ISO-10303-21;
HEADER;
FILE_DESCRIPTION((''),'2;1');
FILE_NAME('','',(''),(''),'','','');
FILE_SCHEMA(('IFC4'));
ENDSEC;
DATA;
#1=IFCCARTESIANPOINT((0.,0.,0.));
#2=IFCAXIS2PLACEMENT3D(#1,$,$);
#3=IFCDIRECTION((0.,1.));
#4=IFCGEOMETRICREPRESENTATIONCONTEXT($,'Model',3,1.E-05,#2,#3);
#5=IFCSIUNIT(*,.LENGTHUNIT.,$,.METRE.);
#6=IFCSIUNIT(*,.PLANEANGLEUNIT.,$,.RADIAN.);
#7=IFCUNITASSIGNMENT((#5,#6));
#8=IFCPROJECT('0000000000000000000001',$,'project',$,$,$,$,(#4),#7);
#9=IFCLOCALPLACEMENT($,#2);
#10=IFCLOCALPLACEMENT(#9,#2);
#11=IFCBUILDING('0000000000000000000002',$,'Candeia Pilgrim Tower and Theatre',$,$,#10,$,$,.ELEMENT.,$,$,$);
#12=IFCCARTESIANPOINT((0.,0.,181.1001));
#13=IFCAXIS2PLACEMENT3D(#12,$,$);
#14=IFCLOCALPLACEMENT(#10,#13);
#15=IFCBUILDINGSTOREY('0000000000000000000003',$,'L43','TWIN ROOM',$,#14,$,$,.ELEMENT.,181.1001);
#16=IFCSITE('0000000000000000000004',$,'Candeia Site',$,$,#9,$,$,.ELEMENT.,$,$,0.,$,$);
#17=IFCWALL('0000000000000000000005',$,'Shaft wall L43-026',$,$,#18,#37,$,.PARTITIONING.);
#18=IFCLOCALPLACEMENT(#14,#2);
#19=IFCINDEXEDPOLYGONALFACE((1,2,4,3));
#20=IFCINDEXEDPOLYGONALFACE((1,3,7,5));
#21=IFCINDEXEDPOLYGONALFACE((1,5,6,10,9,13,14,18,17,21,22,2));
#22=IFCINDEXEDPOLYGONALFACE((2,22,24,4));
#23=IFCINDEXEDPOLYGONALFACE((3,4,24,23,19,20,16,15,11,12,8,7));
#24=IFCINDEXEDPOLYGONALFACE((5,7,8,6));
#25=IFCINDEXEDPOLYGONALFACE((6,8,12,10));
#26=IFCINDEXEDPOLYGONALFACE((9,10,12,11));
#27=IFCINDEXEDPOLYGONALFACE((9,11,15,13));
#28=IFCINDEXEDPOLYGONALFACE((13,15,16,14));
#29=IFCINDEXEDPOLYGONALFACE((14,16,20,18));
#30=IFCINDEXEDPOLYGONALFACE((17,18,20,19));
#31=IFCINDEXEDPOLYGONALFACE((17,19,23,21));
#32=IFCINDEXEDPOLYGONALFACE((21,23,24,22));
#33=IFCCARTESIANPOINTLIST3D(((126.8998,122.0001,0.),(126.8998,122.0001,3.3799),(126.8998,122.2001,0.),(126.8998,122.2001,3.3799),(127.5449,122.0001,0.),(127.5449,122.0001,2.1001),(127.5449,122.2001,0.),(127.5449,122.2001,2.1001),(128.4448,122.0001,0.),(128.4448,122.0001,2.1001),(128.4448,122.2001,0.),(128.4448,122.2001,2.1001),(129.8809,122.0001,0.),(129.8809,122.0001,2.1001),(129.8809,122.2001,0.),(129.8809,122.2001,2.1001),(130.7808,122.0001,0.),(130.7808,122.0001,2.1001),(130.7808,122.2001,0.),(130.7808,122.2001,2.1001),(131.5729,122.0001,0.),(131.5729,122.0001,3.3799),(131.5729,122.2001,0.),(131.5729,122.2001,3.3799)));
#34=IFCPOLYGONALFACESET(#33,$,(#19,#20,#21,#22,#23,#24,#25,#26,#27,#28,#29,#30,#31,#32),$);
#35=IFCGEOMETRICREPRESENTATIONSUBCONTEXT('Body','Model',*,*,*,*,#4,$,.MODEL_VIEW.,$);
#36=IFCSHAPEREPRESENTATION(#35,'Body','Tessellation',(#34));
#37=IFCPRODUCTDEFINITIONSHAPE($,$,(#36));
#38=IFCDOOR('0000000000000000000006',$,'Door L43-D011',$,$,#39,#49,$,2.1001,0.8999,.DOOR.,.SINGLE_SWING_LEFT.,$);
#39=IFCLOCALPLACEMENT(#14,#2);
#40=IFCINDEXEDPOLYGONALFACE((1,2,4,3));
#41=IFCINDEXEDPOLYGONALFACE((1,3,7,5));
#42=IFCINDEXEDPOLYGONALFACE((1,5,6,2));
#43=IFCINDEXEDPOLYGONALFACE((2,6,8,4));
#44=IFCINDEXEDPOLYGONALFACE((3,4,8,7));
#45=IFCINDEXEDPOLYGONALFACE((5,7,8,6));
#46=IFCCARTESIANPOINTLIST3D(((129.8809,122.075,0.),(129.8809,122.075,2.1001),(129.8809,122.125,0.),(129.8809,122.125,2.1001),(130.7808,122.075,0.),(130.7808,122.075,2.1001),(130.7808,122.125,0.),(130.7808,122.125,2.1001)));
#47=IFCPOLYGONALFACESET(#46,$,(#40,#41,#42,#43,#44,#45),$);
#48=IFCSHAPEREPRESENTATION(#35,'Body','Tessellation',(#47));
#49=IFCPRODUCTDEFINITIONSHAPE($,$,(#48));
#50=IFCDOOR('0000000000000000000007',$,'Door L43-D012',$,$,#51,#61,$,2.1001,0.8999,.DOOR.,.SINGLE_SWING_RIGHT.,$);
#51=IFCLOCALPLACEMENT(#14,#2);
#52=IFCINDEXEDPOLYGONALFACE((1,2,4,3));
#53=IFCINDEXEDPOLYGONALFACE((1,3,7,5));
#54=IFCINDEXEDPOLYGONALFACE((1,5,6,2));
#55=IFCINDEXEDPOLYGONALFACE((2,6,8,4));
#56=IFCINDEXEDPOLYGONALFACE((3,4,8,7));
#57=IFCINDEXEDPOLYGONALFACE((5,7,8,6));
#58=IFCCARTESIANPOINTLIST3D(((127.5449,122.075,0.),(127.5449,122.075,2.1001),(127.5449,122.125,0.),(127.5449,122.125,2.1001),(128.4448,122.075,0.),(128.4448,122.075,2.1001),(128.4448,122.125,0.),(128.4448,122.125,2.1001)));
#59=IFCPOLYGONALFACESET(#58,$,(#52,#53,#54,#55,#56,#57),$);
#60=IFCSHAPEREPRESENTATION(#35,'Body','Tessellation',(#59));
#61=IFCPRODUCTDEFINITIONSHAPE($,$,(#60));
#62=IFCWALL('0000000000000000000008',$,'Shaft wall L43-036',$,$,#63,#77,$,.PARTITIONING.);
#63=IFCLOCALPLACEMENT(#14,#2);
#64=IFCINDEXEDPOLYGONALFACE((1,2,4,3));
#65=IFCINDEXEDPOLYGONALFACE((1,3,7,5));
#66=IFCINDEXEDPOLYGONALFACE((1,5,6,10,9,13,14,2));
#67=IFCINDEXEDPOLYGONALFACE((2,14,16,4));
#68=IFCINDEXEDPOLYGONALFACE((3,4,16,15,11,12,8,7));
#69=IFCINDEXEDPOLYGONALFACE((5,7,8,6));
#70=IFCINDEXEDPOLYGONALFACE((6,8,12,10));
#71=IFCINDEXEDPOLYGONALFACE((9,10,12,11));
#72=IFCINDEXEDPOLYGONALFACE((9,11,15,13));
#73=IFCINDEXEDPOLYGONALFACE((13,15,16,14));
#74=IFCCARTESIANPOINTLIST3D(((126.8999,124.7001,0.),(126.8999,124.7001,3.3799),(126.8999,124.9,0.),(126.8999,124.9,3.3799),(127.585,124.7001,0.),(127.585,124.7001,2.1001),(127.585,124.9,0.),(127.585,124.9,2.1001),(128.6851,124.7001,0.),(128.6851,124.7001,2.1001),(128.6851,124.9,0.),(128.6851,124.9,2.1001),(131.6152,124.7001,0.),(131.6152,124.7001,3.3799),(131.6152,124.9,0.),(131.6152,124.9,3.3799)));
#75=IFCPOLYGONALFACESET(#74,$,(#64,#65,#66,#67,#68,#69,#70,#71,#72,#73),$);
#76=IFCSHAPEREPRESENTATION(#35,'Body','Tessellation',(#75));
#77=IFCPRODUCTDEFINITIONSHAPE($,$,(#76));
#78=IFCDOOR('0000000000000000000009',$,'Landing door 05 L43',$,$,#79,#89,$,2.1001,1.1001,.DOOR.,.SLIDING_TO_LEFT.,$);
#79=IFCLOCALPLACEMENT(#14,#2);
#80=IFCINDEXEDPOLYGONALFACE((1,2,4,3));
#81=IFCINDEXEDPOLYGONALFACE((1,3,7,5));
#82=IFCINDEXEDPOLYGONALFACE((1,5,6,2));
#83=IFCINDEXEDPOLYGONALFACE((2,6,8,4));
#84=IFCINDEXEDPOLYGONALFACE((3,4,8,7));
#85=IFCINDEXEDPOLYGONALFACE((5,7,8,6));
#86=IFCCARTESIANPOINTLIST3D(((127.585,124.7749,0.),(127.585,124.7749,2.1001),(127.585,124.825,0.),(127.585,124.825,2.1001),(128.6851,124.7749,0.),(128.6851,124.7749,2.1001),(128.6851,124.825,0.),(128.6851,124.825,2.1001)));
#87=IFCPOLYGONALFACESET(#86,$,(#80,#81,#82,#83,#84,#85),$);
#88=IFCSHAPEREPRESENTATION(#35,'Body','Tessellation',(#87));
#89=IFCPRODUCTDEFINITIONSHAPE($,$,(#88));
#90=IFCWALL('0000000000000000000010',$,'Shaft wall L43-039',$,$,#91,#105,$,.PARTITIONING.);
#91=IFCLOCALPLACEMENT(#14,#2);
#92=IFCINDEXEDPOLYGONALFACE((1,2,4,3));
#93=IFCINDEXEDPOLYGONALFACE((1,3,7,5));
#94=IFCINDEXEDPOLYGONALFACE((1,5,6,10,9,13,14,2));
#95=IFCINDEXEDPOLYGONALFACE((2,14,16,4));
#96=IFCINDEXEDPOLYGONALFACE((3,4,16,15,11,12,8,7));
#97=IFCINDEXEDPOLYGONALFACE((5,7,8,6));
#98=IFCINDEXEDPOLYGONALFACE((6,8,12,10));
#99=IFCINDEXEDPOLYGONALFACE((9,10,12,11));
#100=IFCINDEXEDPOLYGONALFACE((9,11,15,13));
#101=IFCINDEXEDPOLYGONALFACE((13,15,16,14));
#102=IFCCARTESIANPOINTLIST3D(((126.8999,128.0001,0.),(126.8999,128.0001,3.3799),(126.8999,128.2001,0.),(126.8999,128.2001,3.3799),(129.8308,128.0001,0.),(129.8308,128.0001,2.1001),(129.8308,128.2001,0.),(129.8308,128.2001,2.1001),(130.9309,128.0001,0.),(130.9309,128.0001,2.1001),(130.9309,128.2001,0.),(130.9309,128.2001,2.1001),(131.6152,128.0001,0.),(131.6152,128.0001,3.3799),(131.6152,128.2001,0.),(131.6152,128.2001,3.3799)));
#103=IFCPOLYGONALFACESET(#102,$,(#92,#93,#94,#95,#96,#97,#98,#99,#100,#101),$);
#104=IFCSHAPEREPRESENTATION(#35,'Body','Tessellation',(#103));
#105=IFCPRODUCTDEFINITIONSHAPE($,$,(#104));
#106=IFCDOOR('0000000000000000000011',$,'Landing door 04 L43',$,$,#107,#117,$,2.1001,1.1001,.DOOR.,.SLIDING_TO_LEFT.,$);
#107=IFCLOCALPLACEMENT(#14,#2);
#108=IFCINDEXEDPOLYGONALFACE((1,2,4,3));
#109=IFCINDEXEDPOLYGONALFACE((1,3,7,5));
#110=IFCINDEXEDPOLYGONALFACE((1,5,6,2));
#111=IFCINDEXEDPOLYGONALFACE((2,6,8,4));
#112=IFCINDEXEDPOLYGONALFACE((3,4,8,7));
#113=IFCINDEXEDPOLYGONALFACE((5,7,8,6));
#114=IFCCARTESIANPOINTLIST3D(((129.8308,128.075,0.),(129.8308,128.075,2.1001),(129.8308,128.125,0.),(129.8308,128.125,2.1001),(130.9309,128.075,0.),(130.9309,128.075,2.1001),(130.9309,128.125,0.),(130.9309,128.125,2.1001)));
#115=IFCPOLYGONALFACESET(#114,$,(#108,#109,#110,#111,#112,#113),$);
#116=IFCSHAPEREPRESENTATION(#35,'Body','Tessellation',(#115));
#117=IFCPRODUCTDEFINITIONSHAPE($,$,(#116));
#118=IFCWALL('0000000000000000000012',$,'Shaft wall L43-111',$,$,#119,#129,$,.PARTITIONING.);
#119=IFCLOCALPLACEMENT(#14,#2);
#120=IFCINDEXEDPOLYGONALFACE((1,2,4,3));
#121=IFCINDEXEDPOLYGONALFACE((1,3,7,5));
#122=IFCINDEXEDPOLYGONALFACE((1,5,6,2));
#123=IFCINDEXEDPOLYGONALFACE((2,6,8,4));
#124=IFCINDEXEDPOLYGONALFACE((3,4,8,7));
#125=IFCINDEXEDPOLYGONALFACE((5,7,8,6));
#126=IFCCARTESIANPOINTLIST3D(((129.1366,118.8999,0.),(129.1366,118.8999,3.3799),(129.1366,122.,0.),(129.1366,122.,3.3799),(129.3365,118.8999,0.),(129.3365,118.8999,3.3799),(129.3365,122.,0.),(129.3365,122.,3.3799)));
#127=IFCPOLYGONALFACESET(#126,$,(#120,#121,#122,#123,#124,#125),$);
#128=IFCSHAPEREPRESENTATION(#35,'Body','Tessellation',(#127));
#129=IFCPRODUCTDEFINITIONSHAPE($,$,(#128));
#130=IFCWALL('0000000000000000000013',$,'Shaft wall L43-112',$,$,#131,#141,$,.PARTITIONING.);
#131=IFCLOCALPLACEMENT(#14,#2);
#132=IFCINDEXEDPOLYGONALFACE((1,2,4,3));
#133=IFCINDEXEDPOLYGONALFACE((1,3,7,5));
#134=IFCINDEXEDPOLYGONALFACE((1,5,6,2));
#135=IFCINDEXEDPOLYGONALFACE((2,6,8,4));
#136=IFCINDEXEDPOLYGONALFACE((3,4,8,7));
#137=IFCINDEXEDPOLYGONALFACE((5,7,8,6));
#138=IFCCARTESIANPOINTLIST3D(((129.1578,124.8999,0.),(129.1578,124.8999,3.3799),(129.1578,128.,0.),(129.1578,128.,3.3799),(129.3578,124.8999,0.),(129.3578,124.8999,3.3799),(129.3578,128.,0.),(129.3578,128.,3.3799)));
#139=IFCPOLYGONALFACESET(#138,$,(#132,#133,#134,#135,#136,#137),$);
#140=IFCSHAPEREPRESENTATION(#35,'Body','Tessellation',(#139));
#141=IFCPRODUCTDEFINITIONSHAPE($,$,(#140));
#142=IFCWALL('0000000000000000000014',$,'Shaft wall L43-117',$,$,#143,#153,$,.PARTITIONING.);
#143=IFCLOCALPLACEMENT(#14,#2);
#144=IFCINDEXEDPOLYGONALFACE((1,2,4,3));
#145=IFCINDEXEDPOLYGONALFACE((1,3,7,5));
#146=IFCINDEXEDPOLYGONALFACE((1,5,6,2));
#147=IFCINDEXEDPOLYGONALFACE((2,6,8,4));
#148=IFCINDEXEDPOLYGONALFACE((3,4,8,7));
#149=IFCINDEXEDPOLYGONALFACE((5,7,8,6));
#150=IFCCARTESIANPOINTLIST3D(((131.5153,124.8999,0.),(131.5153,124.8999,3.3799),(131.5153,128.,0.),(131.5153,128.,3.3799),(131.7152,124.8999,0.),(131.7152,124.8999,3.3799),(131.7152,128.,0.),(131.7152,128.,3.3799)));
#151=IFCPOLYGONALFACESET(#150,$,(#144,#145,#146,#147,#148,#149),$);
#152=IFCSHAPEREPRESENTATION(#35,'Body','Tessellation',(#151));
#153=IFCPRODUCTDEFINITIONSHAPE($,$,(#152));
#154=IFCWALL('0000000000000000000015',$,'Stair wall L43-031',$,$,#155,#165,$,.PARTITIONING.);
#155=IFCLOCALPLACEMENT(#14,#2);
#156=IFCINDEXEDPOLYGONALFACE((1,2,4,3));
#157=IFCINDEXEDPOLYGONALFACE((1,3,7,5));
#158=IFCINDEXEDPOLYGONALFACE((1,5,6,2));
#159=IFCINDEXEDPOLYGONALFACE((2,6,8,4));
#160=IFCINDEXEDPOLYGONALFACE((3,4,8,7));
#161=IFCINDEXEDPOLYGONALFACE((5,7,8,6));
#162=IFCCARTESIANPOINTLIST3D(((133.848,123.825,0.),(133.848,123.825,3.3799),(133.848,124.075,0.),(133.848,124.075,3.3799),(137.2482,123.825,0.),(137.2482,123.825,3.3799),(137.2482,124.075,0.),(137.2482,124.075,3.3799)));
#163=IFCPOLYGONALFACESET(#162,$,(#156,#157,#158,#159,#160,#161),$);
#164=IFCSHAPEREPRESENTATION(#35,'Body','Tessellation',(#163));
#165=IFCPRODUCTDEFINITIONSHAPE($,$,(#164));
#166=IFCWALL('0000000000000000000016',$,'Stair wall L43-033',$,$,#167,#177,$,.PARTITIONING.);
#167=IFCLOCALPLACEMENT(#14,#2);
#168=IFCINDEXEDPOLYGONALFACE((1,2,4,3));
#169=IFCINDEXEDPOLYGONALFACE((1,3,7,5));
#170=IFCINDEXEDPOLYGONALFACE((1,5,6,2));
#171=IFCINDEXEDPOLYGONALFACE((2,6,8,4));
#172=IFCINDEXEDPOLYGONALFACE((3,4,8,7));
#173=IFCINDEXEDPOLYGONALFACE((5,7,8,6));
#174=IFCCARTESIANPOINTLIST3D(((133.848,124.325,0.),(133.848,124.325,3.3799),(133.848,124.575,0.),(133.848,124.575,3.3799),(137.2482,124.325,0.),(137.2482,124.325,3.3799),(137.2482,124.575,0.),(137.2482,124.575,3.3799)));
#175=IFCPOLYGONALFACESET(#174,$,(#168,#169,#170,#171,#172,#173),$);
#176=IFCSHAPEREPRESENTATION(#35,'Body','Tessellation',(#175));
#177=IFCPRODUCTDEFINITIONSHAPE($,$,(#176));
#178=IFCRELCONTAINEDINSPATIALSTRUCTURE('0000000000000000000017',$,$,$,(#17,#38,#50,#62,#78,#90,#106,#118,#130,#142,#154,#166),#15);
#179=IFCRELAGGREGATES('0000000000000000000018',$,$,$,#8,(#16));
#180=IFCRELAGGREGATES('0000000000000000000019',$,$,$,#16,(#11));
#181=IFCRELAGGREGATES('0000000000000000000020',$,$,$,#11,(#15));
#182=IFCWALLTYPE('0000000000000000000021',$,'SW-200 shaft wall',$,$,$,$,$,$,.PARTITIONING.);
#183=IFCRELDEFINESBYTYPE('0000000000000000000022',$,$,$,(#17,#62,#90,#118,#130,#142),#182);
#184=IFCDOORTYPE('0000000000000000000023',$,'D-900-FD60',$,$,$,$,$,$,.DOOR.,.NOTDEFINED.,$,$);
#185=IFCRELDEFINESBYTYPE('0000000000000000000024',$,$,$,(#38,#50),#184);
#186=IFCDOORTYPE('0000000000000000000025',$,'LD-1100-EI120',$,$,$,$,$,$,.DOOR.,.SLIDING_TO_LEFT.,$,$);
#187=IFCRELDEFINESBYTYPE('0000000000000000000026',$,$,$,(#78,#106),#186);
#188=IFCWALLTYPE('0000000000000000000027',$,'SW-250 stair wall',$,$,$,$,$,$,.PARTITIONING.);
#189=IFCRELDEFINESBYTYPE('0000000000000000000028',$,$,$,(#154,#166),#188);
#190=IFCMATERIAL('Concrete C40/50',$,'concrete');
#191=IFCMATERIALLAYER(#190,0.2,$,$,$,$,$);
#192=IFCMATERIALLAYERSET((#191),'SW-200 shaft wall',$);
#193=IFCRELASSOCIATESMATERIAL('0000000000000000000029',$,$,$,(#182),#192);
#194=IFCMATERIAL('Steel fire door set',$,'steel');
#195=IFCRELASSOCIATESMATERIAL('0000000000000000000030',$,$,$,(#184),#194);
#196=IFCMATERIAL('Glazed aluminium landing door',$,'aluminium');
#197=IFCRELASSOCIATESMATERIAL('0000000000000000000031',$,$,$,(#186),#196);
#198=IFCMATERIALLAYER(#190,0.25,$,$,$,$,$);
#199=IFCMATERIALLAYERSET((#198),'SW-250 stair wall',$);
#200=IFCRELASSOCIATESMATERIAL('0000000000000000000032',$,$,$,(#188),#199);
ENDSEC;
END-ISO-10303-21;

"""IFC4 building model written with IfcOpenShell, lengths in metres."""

from ifc_helpers import new_model, si_unit, direction, frame, frame_2d, origin, place, context, subcontext, project, spatial, rectangle, extrude, material, layer, layer_set, type_object, element, fill, save


model = new_model("IFC4")

# Units and contexts
model_context = context("Model", 3, precision=1e-05, world=origin(), true_north=direction((0.0, 1.0)))
body_context = subcontext(model_context, "Body", "Model", "MODEL_VIEW")
ifc_project = project(units=[si_unit("LENGTHUNIT", "METRE"), si_unit("PLANEANGLEUNIT", "RADIAN")], contexts=[model_context])

# Site, building, storey
site_placement = place(None, origin())
site = spatial("IfcSite", under=ifc_project, at=site_placement, Name="Candeia Site", CompositionType="ELEMENT", RefElevation=0.0)
building_placement = place(site_placement, origin())
building = spatial("IfcBuilding", under=site, at=building_placement, Name="Candeia Pilgrim Tower and Theatre", CompositionType="ELEMENT")
storey_placement = place(building_placement, frame((0.0, 0.0, 181.1001)))
storey = spatial("IfcBuildingStorey", under=building, at=storey_placement, Name="L43", Description="TWIN ROOM", CompositionType="ELEMENT", Elevation=181.1001)

# Shared definitions
ifc_material_1 = material(Name="Steel fire door set", Category="steel")

# Shared definitions
ifc_material_2 = material(Name="Concrete C40/50", Category="concrete")
ifc_layer_1 = layer(ifc_material_2, 0.2)
ifc_layer_set_1 = layer_set([ifc_layer_1], Name="SW-200 shaft wall")
wall_type_1 = type_object("IfcWallType", Name="SW-200 shaft wall", PredefinedType="PARTITIONING", material=ifc_layer_set_1)

# Wall, openings, doors
wall_1_placement = place(storey_placement, frame((126.8999, 122.1001, 0.0), z_axis=(0.0, 0.0, 1.0), x_axis=(1.0, 0.0, 0.0)))
wall_1 = element("IfcWall", 1, at=wall_1_placement, inside=storey, type_object=wall_type_1, Name="Shaft wall L43-026", PredefinedType="PARTITIONING", context=body_context, shape_type="SweptSolid", body=[
    extrude(rectangle(XDim=4.6731, YDim=0.2, at=frame_2d((2.3364, 0.0))), origin(), (0.0, 0.0, 1.0), 3.3799),
])
opening_1_placement = place(wall_1_placement, frame((2.981, 0.0, 0.0)))
opening_1 = element("IfcOpeningElement", 2, at=opening_1_placement, cuts=wall_1, PredefinedType="OPENING", context=body_context, shape_type="SweptSolid", body=[
    extrude(rectangle(XDim=0.8999, YDim=2.1001, at=frame_2d((0.45, 1.05))), frame((0.0, 0.1099, 0.0), z_axis=(0.0, -1.0, 0.0), x_axis=(1.0, 0.0, 0.0)), (0.0, 0.0, 1.0), 0.22),
])
opening_2_placement = place(wall_1_placement, frame((0.645, 0.0, 0.0)))
opening_2 = element("IfcOpeningElement", 3, at=opening_2_placement, cuts=wall_1, PredefinedType="OPENING", context=body_context, shape_type="SweptSolid", body=[
    extrude(rectangle(XDim=0.8999, YDim=2.1001, at=frame_2d((0.45, 1.05))), frame((0.0, 0.1099, 0.0), z_axis=(0.0, -1.0, 0.0), x_axis=(1.0, 0.0, 0.0)), (0.0, 0.0, 1.0), 0.22),
])
door_type_1 = type_object("IfcDoorType", Name="D-900-FD60", OperationType="NOTDEFINED", PredefinedType="DOOR", material=ifc_material_1)
door_1_placement = place(opening_1_placement, origin())
door_1 = element("IfcDoor", 4, at=door_1_placement, inside=storey, type_object=door_type_1, Name="Door L43-D011", OperationType="SINGLE_SWING_LEFT", OverallHeight=2.1001, OverallWidth=0.8999, PredefinedType="DOOR", context=body_context, shape_type="SweptSolid", body=[
    extrude(rectangle(XDim=0.8999, YDim=2.1001, at=frame_2d((0.45, 1.05))), frame((0.0, 0.0249, 0.0), z_axis=(0.0, -1.0, 0.0), x_axis=(1.0, 0.0, 0.0)), (0.0, 0.0, 1.0), 0.05),
])
fill(opening_1, door_1)
door_2_placement = place(opening_2_placement, origin())
door_2 = element("IfcDoor", 5, at=door_2_placement, inside=storey, type_object=door_type_1, Name="Door L43-D012", OperationType="SINGLE_SWING_RIGHT", OverallHeight=2.1001, OverallWidth=0.8999, PredefinedType="DOOR", context=body_context, shape_type="SweptSolid", body=[
    extrude(rectangle(XDim=0.8999, YDim=2.1001, at=frame_2d((0.45, 1.05))), frame((0.0, 0.0249, 0.0), z_axis=(0.0, -1.0, 0.0), x_axis=(1.0, 0.0, 0.0)), (0.0, 0.0, 1.0), 0.05),
])
fill(opening_2, door_2)

# Walls, openings, doors
wall_2_placement = place(storey_placement, frame((126.8999, 124.8, 0.0), z_axis=(0.0, 0.0, 1.0), x_axis=(1.0, 0.0, 0.0)))
wall_2 = element("IfcWall", 6, at=wall_2_placement, inside=storey, type_object=wall_type_1, Name="Shaft wall L43-036", PredefinedType="PARTITIONING", context=body_context, shape_type="SweptSolid", body=[
    extrude(rectangle(XDim=4.7153, YDim=0.2, at=frame_2d((2.3577, 0.0))), origin(), (0.0, 0.0, 1.0), 3.3799),
])
opening_3_placement = place(wall_2_placement, frame((0.6851, 0.0, 0.0)))
opening_3 = element("IfcOpeningElement", 7, at=opening_3_placement, cuts=wall_2, PredefinedType="OPENING", context=body_context, shape_type="SweptSolid", body=[
    extrude(rectangle(XDim=1.1001, YDim=2.1001, at=frame_2d((0.55, 1.05))), frame((0.0, 0.1099, 0.0), z_axis=(0.0, -1.0, 0.0), x_axis=(1.0, 0.0, 0.0)), (0.0, 0.0, 1.0), 0.22),
])
ifc_material_3 = material(Name="Glazed aluminium landing door", Category="aluminium")
door_type_2 = type_object("IfcDoorType", Name="LD-1100-EI120", OperationType="SLIDING_TO_LEFT", PredefinedType="DOOR", material=ifc_material_3)
door_3_placement = place(opening_3_placement, origin())
door_3 = element("IfcDoor", 8, at=door_3_placement, inside=storey, type_object=door_type_2, Name="Landing door 05 L43", OperationType="SLIDING_TO_LEFT", OverallHeight=2.1001, OverallWidth=1.1001, PredefinedType="DOOR", context=body_context, shape_type="SweptSolid", body=[
    extrude(rectangle(XDim=1.1001, YDim=2.1001, at=frame_2d((0.55, 1.05))), frame((0.0, 0.0249, 0.0), z_axis=(0.0, -1.0, 0.0), x_axis=(1.0, 0.0, 0.0)), (0.0, 0.0, 1.0), 0.05),
])
fill(opening_3, door_3)
wall_3_placement = place(storey_placement, frame((126.8999, 128.1001, 0.0), z_axis=(0.0, 0.0, 1.0), x_axis=(1.0, 0.0, 0.0)))
wall_3 = element("IfcWall", 9, at=wall_3_placement, inside=storey, type_object=wall_type_1, Name="Shaft wall L43-039", PredefinedType="PARTITIONING", context=body_context, shape_type="SweptSolid", body=[
    extrude(rectangle(XDim=4.7153, YDim=0.2, at=frame_2d((2.3577, 0.0))), origin(), (0.0, 0.0, 1.0), 3.3799),
])
opening_4_placement = place(wall_3_placement, frame((2.9309, 0.0, 0.0)))
opening_4 = element("IfcOpeningElement", 10, at=opening_4_placement, cuts=wall_3, PredefinedType="OPENING", context=body_context, shape_type="SweptSolid", body=[
    extrude(rectangle(XDim=1.1001, YDim=2.1001, at=frame_2d((0.55, 1.05))), frame((0.0, 0.1099, 0.0), z_axis=(0.0, -1.0, 0.0), x_axis=(1.0, 0.0, 0.0)), (0.0, 0.0, 1.0), 0.22),
])
door_4_placement = place(opening_4_placement, origin())
door_4 = element("IfcDoor", 11, at=door_4_placement, inside=storey, type_object=door_type_2, Name="Landing door 04 L43", OperationType="SLIDING_TO_LEFT", OverallHeight=2.1001, OverallWidth=1.1001, PredefinedType="DOOR", context=body_context, shape_type="SweptSolid", body=[
    extrude(rectangle(XDim=1.1001, YDim=2.1001, at=frame_2d((0.55, 1.05))), frame((0.0, 0.0249, 0.0), z_axis=(0.0, -1.0, 0.0), x_axis=(1.0, 0.0, 0.0)), (0.0, 0.0, 1.0), 0.05),
])
fill(opening_4, door_4)

# Walls
for number, where, z_axis, x_axis, name in (
    (12, (129.2366, 118.8999, 0.0), (0.0, 0.0, 1.0), (0.0, 1.0, 0.0), "Shaft wall L43-111"),
    (13, (129.2578, 124.8999, 0.0), (0.0, 0.0, 1.0), (0.0, 1.0, 0.0), "Shaft wall L43-112"),
    (14, (131.6152, 124.8999, 0.0), (0.0, 0.0, 1.0), (0.0, 1.0, 0.0), "Shaft wall L43-117"),
):
    element("IfcWall", number, at=place(storey_placement, frame(where, z_axis=z_axis, x_axis=x_axis)), inside=storey, type_object=wall_type_1, Name=name, PredefinedType="PARTITIONING", context=body_context, shape_type="SweptSolid", body=[
        extrude(rectangle(XDim=3.1001, YDim=0.2, at=frame_2d((1.55, 0.0))), origin(), (0.0, 0.0, 1.0), 3.3799),
    ])
ifc_layer_2 = layer(ifc_material_2, 0.25)
ifc_layer_set_2 = layer_set([ifc_layer_2], Name="SW-250 stair wall")
wall_type_2 = type_object("IfcWallType", Name="SW-250 stair wall", PredefinedType="PARTITIONING", material=ifc_layer_set_2)
for number, where, z_axis, x_axis, name in (
    (15, (133.8479, 123.95, 0.0), (0.0, 0.0, 1.0), (1.0, 0.0, 0.0), "Stair wall L43-031"),
    (16, (133.8479, 124.45, 0.0), (0.0, 0.0, 1.0), (1.0, 0.0, 0.0), "Stair wall L43-033"),
):
    element("IfcWall", number, at=place(storey_placement, frame(where, z_axis=z_axis, x_axis=x_axis)), inside=storey, type_object=wall_type_2, Name=name, PredefinedType="PARTITIONING", context=body_context, shape_type="SweptSolid", body=[
        extrude(rectangle(XDim=3.4001, YDim=0.25, at=frame_2d((1.7002, 0.0))), origin(), (0.0, 0.0, 1.0), 3.3799),
    ])

save(model, "model.ifc")
